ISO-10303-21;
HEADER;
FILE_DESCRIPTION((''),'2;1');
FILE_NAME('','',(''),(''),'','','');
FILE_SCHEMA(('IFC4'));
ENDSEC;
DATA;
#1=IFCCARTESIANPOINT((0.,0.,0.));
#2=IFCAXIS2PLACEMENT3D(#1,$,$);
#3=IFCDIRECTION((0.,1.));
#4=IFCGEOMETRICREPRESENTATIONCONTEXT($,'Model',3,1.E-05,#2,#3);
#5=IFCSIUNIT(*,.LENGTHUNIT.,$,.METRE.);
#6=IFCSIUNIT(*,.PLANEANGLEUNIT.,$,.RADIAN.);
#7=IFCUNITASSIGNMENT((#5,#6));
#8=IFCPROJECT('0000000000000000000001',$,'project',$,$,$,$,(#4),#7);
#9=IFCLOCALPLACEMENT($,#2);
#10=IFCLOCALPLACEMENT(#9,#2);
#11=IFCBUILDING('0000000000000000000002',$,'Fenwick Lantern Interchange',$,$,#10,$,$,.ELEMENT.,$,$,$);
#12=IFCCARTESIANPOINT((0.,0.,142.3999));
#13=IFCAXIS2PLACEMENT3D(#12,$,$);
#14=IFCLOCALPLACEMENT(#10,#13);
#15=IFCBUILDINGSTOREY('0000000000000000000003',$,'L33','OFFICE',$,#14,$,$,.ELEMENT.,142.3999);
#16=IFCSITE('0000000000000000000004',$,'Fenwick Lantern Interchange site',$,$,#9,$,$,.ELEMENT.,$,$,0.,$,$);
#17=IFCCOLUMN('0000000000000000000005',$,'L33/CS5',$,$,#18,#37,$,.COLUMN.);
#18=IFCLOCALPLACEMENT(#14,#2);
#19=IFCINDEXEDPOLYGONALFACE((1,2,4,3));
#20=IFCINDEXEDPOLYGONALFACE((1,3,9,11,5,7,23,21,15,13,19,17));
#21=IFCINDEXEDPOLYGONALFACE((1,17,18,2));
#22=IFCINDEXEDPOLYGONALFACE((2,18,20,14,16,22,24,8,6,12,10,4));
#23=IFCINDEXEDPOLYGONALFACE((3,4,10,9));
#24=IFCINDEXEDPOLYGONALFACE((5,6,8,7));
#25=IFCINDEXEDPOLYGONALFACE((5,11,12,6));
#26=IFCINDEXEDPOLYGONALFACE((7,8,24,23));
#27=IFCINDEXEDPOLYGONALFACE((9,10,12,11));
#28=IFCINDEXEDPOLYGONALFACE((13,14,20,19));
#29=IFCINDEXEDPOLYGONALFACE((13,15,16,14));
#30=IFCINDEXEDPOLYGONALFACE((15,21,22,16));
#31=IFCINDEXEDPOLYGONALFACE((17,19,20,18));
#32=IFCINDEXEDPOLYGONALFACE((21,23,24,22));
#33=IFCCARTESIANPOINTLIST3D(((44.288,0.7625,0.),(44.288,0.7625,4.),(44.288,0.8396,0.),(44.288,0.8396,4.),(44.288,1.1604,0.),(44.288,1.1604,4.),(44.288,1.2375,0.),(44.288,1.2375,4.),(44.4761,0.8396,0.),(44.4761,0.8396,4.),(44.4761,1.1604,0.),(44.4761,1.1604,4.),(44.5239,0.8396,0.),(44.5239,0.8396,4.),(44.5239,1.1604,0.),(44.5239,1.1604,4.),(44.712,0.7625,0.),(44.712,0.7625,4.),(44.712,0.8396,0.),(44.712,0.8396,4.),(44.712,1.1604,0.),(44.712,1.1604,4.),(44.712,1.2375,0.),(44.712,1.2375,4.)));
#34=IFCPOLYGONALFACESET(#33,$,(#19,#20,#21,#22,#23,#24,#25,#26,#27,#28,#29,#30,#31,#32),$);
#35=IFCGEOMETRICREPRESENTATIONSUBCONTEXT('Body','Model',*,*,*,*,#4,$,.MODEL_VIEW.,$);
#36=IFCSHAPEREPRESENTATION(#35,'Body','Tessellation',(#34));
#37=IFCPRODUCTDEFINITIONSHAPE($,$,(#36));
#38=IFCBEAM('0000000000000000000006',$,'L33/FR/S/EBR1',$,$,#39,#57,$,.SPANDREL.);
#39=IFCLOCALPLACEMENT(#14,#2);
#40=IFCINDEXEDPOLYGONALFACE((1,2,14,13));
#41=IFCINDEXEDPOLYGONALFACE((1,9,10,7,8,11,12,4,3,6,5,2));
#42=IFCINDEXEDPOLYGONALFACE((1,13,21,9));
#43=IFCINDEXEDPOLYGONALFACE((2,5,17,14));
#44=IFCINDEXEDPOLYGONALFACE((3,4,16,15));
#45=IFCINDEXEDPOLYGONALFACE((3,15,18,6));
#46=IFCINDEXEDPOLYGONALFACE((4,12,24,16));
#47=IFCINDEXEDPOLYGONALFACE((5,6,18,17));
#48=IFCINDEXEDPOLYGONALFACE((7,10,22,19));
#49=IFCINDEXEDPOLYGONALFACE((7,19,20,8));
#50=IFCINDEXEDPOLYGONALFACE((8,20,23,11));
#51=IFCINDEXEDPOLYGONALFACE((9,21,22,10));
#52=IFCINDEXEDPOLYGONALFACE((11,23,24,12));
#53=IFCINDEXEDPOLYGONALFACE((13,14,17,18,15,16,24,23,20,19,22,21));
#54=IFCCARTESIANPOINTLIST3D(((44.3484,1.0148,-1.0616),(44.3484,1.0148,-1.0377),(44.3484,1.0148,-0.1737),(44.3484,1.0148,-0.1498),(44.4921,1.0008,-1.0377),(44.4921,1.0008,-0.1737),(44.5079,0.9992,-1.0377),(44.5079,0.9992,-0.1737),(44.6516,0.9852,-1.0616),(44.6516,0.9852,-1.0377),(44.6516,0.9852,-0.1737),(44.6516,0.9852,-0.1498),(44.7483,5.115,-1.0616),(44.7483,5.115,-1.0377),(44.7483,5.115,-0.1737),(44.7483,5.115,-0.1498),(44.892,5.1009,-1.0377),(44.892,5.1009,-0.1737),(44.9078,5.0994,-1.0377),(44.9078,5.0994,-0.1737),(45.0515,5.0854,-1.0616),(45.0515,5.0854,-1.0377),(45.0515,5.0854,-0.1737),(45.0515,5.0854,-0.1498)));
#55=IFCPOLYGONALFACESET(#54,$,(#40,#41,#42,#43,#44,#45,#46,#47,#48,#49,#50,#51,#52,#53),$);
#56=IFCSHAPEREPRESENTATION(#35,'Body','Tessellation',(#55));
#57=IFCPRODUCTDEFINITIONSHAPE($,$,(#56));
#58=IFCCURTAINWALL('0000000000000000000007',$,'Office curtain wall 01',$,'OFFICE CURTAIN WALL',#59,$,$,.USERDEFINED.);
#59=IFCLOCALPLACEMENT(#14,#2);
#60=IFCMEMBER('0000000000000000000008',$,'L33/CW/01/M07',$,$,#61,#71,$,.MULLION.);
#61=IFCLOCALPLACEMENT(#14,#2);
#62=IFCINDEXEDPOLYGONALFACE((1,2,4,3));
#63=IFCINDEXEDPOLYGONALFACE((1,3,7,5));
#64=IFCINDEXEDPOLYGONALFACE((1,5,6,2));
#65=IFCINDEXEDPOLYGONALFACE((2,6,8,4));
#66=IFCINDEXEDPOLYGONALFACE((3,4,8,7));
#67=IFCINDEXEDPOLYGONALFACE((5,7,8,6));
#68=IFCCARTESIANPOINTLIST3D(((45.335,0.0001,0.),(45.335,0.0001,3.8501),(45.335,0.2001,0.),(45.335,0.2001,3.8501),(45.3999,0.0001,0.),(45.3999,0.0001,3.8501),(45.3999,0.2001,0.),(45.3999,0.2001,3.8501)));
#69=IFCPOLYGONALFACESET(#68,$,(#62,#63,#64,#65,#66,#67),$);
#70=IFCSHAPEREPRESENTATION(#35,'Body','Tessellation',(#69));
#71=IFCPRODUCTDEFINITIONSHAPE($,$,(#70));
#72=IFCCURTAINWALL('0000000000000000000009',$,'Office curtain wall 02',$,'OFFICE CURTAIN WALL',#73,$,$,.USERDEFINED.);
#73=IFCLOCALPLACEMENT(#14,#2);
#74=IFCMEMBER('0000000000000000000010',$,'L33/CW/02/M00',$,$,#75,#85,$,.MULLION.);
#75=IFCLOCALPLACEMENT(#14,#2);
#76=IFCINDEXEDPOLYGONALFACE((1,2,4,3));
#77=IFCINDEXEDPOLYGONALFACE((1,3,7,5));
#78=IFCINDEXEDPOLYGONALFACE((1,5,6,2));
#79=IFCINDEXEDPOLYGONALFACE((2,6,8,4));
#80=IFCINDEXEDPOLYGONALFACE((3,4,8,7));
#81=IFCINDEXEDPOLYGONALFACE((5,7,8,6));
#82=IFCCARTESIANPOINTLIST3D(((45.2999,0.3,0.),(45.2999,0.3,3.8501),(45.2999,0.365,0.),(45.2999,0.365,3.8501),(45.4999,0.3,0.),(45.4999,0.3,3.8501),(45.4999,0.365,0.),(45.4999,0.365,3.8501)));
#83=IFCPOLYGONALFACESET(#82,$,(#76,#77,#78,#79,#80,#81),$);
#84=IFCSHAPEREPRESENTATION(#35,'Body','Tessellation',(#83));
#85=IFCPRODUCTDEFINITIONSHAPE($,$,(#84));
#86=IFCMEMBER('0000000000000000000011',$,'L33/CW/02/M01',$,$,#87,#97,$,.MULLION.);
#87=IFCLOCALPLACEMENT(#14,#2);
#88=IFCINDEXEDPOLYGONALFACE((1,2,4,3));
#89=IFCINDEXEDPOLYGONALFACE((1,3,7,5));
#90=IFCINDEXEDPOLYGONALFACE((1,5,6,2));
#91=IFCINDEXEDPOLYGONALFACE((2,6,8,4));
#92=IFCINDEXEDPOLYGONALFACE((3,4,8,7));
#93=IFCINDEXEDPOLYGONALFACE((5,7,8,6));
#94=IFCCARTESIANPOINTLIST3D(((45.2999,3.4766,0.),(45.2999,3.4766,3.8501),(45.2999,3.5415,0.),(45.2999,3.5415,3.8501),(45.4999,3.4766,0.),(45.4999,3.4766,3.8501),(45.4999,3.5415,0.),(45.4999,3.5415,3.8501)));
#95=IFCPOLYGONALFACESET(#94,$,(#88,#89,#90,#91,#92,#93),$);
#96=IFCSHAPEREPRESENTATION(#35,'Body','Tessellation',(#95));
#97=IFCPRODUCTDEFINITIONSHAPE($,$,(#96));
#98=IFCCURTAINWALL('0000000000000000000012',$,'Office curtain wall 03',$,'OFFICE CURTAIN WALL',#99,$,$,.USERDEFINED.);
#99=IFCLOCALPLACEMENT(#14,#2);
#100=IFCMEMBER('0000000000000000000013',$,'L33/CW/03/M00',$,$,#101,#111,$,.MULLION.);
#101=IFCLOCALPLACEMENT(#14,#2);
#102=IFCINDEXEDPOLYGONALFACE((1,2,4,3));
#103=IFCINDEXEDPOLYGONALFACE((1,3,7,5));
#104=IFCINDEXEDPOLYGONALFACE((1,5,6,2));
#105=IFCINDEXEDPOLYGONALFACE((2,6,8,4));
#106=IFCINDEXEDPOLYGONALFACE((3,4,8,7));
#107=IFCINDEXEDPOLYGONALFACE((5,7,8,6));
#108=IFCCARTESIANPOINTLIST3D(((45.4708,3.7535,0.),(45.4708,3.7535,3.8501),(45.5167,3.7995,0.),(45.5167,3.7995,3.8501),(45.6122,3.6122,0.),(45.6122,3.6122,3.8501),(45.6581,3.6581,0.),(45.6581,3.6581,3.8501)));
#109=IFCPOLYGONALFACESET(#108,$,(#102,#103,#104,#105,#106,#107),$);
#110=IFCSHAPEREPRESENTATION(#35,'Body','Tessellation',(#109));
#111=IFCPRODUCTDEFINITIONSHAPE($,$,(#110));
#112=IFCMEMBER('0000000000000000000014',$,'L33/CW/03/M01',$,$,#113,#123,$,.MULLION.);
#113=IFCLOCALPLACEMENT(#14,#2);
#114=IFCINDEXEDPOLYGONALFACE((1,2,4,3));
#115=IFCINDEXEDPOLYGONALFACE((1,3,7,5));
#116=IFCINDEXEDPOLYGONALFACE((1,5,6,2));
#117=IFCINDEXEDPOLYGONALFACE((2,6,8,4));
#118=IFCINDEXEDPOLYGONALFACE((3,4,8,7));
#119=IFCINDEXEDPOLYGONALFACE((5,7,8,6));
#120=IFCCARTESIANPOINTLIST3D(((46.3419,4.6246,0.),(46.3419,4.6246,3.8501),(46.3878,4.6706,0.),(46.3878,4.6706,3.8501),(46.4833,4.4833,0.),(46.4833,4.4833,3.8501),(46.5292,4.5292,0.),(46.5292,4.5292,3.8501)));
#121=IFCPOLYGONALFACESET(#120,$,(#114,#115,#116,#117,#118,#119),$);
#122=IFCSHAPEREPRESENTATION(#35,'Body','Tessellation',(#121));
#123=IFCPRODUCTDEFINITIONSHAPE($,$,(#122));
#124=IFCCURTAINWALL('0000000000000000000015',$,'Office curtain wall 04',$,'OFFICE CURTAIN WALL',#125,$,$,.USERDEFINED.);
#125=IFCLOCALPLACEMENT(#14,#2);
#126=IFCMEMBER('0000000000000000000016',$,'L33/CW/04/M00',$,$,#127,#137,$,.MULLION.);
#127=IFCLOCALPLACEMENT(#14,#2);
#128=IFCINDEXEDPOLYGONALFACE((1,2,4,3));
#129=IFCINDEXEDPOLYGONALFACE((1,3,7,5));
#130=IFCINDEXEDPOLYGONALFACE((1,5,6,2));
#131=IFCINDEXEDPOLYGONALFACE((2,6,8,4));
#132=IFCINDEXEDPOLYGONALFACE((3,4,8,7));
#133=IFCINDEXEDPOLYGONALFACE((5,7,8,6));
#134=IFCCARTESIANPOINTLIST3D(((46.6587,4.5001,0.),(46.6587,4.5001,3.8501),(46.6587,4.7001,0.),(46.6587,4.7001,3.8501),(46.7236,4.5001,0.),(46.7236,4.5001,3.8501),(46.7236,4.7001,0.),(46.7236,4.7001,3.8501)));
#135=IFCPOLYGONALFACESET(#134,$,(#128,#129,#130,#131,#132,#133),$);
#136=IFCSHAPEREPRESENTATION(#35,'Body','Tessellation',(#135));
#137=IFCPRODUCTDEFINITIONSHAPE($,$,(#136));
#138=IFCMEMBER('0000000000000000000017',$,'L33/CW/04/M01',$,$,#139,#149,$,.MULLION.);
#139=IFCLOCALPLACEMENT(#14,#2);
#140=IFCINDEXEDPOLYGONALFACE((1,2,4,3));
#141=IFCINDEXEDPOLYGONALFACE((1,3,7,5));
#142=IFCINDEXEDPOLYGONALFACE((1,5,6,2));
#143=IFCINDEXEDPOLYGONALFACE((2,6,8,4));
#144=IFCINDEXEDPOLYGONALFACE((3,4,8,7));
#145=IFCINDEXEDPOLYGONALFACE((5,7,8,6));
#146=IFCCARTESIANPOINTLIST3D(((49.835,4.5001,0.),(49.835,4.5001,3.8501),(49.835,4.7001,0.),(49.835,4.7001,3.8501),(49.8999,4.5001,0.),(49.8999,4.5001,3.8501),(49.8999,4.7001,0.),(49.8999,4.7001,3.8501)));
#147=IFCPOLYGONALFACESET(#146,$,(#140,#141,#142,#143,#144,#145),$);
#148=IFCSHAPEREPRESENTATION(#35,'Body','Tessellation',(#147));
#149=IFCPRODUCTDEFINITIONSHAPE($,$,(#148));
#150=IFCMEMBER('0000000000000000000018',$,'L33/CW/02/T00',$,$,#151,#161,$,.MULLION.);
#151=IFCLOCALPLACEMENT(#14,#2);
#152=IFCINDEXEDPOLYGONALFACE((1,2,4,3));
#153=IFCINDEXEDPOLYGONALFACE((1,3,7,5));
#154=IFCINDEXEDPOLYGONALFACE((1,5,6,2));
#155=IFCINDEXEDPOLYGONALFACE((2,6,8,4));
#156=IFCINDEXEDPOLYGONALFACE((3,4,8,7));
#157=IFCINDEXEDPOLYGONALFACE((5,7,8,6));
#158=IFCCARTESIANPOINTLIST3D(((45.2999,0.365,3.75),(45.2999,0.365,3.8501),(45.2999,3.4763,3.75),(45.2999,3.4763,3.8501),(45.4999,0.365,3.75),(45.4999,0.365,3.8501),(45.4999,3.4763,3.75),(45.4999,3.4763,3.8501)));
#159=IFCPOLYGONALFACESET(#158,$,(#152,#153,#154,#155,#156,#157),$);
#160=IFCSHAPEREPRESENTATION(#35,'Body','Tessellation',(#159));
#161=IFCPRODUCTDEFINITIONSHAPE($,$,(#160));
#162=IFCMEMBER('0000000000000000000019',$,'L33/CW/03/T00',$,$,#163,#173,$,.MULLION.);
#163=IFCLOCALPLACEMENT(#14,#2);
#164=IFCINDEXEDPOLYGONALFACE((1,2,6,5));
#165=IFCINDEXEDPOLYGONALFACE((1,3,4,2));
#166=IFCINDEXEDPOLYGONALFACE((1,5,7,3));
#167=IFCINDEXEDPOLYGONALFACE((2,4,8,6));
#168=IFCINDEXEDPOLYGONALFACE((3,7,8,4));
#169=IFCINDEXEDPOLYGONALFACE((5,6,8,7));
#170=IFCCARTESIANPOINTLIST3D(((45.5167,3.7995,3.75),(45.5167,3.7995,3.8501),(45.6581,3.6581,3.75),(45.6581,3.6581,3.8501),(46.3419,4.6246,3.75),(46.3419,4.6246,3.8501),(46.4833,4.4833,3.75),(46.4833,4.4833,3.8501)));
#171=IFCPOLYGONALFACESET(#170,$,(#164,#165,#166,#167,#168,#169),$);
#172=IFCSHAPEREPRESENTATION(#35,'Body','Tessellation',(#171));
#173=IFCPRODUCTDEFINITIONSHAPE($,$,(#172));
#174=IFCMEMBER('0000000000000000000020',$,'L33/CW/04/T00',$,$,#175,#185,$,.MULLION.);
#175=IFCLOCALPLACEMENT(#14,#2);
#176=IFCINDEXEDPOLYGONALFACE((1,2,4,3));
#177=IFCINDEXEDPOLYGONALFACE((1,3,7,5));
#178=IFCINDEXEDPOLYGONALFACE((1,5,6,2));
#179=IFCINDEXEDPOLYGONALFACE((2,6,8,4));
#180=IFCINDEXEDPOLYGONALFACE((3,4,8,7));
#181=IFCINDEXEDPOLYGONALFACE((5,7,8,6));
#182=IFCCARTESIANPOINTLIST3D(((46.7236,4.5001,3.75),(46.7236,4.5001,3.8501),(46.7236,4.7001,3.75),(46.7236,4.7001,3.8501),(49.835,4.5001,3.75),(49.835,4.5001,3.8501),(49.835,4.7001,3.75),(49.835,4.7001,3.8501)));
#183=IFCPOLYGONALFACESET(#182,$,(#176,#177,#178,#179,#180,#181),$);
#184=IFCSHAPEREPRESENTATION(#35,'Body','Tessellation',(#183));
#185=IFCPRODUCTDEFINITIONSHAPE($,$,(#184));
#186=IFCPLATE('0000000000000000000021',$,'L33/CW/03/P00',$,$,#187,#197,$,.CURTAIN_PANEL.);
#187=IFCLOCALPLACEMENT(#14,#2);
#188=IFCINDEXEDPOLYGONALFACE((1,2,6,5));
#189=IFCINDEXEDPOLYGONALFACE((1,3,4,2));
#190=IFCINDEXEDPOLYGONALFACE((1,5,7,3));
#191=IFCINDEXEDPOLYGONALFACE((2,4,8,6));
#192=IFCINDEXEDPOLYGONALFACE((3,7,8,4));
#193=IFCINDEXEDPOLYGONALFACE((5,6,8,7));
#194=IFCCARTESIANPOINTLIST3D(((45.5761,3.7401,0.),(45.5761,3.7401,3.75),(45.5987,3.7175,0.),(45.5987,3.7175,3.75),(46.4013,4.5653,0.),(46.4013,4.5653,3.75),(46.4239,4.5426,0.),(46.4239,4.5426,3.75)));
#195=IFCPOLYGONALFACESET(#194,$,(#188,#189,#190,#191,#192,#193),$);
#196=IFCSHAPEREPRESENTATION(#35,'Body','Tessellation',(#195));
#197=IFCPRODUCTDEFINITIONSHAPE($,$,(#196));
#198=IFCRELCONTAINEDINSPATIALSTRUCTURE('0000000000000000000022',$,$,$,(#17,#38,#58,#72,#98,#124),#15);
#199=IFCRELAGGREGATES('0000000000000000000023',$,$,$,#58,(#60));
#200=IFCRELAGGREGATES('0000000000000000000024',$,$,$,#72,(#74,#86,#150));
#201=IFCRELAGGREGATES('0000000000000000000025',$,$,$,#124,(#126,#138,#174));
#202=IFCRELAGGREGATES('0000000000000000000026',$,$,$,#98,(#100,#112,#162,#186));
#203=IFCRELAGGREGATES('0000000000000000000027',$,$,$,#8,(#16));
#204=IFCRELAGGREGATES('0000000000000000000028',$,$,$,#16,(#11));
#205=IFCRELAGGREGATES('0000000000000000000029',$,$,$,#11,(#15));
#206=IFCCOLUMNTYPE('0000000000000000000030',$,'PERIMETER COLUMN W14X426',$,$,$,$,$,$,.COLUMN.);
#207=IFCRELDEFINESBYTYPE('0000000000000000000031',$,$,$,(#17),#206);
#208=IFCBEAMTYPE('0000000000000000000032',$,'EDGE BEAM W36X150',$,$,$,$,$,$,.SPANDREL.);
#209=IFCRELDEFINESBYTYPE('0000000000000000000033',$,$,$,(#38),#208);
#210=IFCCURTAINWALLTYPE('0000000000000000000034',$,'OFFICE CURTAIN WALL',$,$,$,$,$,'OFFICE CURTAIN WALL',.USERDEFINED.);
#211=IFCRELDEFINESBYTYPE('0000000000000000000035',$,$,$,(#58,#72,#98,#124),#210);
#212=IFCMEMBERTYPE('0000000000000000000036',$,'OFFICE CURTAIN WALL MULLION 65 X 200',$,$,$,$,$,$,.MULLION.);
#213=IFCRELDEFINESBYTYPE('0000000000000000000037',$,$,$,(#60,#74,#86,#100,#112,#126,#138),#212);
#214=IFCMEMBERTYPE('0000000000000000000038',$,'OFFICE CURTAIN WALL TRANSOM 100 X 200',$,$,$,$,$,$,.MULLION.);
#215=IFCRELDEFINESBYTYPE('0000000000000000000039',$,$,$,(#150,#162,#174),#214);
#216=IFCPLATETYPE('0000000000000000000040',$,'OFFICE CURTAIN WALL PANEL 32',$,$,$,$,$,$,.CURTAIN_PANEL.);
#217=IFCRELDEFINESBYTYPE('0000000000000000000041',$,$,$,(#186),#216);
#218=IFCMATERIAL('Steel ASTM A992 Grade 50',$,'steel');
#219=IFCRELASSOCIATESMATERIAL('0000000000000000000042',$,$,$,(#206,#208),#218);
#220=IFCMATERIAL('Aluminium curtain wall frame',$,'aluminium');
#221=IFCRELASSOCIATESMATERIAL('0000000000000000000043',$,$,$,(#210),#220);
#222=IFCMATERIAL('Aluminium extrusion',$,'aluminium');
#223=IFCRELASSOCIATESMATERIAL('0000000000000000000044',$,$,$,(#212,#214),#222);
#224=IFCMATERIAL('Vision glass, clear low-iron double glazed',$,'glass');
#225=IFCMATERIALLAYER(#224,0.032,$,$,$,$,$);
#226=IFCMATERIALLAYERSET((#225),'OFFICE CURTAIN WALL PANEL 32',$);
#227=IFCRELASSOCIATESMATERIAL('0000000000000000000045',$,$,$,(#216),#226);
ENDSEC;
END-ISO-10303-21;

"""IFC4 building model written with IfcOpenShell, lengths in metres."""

from ifc_helpers import new_model, si_unit, direction, frame, origin, origin_2d, place, context, subcontext, project, spatial, rectangle, i_section, extrude, material, layer, layer_set, material_profile, profile_set, type_object, element, aggregate, save


model = new_model("IFC4")

# Units and contexts
model_context = context("Model", 3, precision=1e-05, world=origin(), true_north=direction((0.0, 1.0)))
body_context = subcontext(model_context, "Body", "Model", "MODEL_VIEW")
ifc_project = project(units=[si_unit("LENGTHUNIT", "METRE"), si_unit("PLANEANGLEUNIT", "RADIAN")], contexts=[model_context])

# Site, building, storey
site_placement = place(None, origin())
site = spatial("IfcSite", under=ifc_project, at=site_placement, Name="Fenwick Lantern Interchange site", CompositionType="ELEMENT", RefElevation=0.0)
building_placement = place(site_placement, origin())
building = spatial("IfcBuilding", under=site, at=building_placement, Name="Fenwick Lantern Interchange", CompositionType="ELEMENT")
storey_placement = place(building_placement, frame((0.0, 0.0, 142.3999)))
storey = spatial("IfcBuildingStorey", under=building, at=storey_placement, Name="L33", Description="OFFICE", CompositionType="ELEMENT", Elevation=142.3999)

# Column
ifc_material_1 = material(Name="Steel ASTM A992 Grade 50", Category="steel")
ifc_material_profile_1 = material_profile(ifc_material_1, i_section(OverallWidth=0.4241, OverallDepth=0.4751, WebThickness=0.0479, FlangeThickness=0.0771, at=origin_2d()), Name="W14X426")
ifc_profile_set_1 = profile_set([ifc_material_profile_1], Name="Steel ASTM A992 Grade 50")
column_type = type_object("IfcColumnType", Name="PERIMETER COLUMN W14X426", PredefinedType="COLUMN", material=ifc_profile_set_1)
column_placement = place(storey_placement, frame((44.5, 1.0, 0.0), z_axis=(0.0, 0.0, 1.0), x_axis=(1.0, 0.0, 0.0)))
element("IfcColumn", 1, at=column_placement, inside=storey, type_object=column_type, Name="L33/CS5", PredefinedType="COLUMN", context=body_context, shape_type="SweptSolid", body=[
    extrude(i_section(OverallWidth=0.4241, OverallDepth=0.4751, WebThickness=0.0479, FlangeThickness=0.0771, at=origin_2d()), origin(), (0.0, 0.0, 1.0), 4.0),
])

# Beam
ifc_material_profile_2 = material_profile(ifc_material_1, i_section(OverallWidth=0.3047, OverallDepth=0.9119, WebThickness=0.0159, FlangeThickness=0.0239, at=origin_2d()), Name="W36X150")
ifc_profile_set_2 = profile_set([ifc_material_profile_2], Name="Steel ASTM A992 Grade 50")
beam_type = type_object("IfcBeamType", Name="EDGE BEAM W36X150", PredefinedType="SPANDREL", material=ifc_profile_set_2)
beam_placement = place(storey_placement, frame((44.5, 1.0, -0.6057), z_axis=(0.097074, 0.995277, 0.0), x_axis=(-0.995277, 0.097074, 0.0)))
element("IfcBeam", 2, at=beam_placement, inside=storey, type_object=beam_type, Name="L33/FR/S/EBR1", PredefinedType="SPANDREL", context=body_context, shape_type="SweptSolid", body=[
    extrude(i_section(OverallWidth=0.3047, OverallDepth=0.9119, WebThickness=0.0159, FlangeThickness=0.0239, at=origin_2d()), origin(), (0.0, 0.0, 1.0), 4.1196),
])

# Curtain wall, member
ifc_material_2 = material(Name="Aluminium curtain wall frame", Category="aluminium")
curtain_wall_type = type_object("IfcCurtainWallType", Name="OFFICE CURTAIN WALL", ElementType="OFFICE CURTAIN WALL", PredefinedType="USERDEFINED", material=ifc_material_2)
curtain_wall_1_placement = place(storey_placement, origin())
curtain_wall_1 = element("IfcCurtainWall", 3, at=curtain_wall_1_placement, inside=storey, type_object=curtain_wall_type, Name="Office curtain wall 01", ObjectType="OFFICE CURTAIN WALL", PredefinedType="USERDEFINED")
ifc_material_3 = material(Name="Aluminium extrusion", Category="aluminium")
ifc_material_profile_3 = material_profile(ifc_material_3, rectangle(XDim=0.2, YDim=0.0649, at=origin_2d()), Name="OFFICE CURTAIN WALL MULLION 65 X 200")
ifc_profile_set_3 = profile_set([ifc_material_profile_3], Name="Aluminium extrusion")
member_type_1 = type_object("IfcMemberType", Name="OFFICE CURTAIN WALL MULLION 65 X 200", PredefinedType="MULLION", material=ifc_profile_set_3)
member_1_placement = place(storey_placement, frame((45.3674, 0.1001, 0.0), z_axis=(0.0, 0.0, 1.0), x_axis=(0.0, 1.0, 0.0)))
member_1 = element("IfcMember", 4, at=member_1_placement, type_object=member_type_1, Name="L33/CW/01/M07", PredefinedType="MULLION", context=body_context, shape_type="SweptSolid", body=[
    extrude(rectangle(XDim=0.2, YDim=0.0649, at=origin_2d()), origin(), (0.0, 0.0, 1.0), 3.8501),
])
aggregate(curtain_wall_1, [member_1])

# Curtain walls, members
curtain_wall_2_placement = place(storey_placement, origin())
curtain_wall_2 = element("IfcCurtainWall", 5, at=curtain_wall_2_placement, inside=storey, type_object=curtain_wall_type, Name="Office curtain wall 02", ObjectType="OFFICE CURTAIN WALL", PredefinedType="USERDEFINED")
member_2_placement = place(storey_placement, frame((45.3999, 0.3325, 0.0), z_axis=(0.0, 0.0, 1.0), x_axis=(-1.0, 0.0, 0.0)))
member_2 = element("IfcMember", 6, at=member_2_placement, type_object=member_type_1, Name="L33/CW/02/M00", PredefinedType="MULLION", context=body_context, shape_type="SweptSolid", body=[
    extrude(rectangle(XDim=0.2, YDim=0.0649, at=origin_2d()), origin(), (0.0, 0.0, 1.0), 3.8501),
])
member_3_placement = place(storey_placement, frame((45.3999, 3.509, 0.0), z_axis=(0.0, 0.0, 1.0), x_axis=(-1.0, 0.0, 0.0)))
member_3 = element("IfcMember", 7, at=member_3_placement, type_object=member_type_1, Name="L33/CW/02/M01", PredefinedType="MULLION", context=body_context, shape_type="SweptSolid", body=[
    extrude(rectangle(XDim=0.2, YDim=0.0649, at=origin_2d()), origin(), (0.0, 0.0, 1.0), 3.8501),
])
curtain_wall_3_placement = place(storey_placement, origin())
curtain_wall_3 = element("IfcCurtainWall", 8, at=curtain_wall_3_placement, inside=storey, type_object=curtain_wall_type, Name="Office curtain wall 03", ObjectType="OFFICE CURTAIN WALL", PredefinedType="USERDEFINED")
member_4_placement = place(storey_placement, frame((45.5645, 3.7058, 0.0), z_axis=(0.0, 0.0, 1.0), x_axis=(-0.707107, 0.707107, 0.0)))
member_4 = element("IfcMember", 9, at=member_4_placement, type_object=member_type_1, Name="L33/CW/03/M00", PredefinedType="MULLION", context=body_context, shape_type="SweptSolid", body=[
    extrude(rectangle(XDim=0.2, YDim=0.0649, at=origin_2d()), origin(), (0.0, 0.0, 1.0), 3.8501),
])
member_5_placement = place(storey_placement, frame((46.4355, 4.5769, 0.0), z_axis=(0.0, 0.0, 1.0), x_axis=(-0.707107, 0.707107, 0.0)))
member_5 = element("IfcMember", 10, at=member_5_placement, type_object=member_type_1, Name="L33/CW/03/M01", PredefinedType="MULLION", context=body_context, shape_type="SweptSolid", body=[
    extrude(rectangle(XDim=0.2, YDim=0.0649, at=origin_2d()), origin(), (0.0, 0.0, 1.0), 3.8501),
])
curtain_wall_4_placement = place(storey_placement, origin())
curtain_wall_4 = element("IfcCurtainWall", 11, at=curtain_wall_4_placement, inside=storey, type_object=curtain_wall_type, Name="Office curtain wall 04", ObjectType="OFFICE CURTAIN WALL", PredefinedType="USERDEFINED")
member_6_placement = place(storey_placement, frame((46.6912, 4.6001, 0.0), z_axis=(0.0, 0.0, 1.0), x_axis=(0.0, 1.0, 0.0)))
member_6 = element("IfcMember", 12, at=member_6_placement, type_object=member_type_1, Name="L33/CW/04/M00", PredefinedType="MULLION", context=body_context, shape_type="SweptSolid", body=[
    extrude(rectangle(XDim=0.2, YDim=0.0649, at=origin_2d()), origin(), (0.0, 0.0, 1.0), 3.8501),
])
member_7_placement = place(storey_placement, frame((49.8674, 4.6001, 0.0), z_axis=(0.0, 0.0, 1.0), x_axis=(0.0, 1.0, 0.0)))
member_7 = element("IfcMember", 13, at=member_7_placement, type_object=member_type_1, Name="L33/CW/04/M01", PredefinedType="MULLION", context=body_context, shape_type="SweptSolid", body=[
    extrude(rectangle(XDim=0.2, YDim=0.0649, at=origin_2d()), origin(), (0.0, 0.0, 1.0), 3.8501),
])

# Members
ifc_material_profile_4 = material_profile(ifc_material_3, rectangle(XDim=0.2, YDim=0.1001, at=origin_2d()), Name="OFFICE CURTAIN WALL TRANSOM 100 X 200")
ifc_profile_set_4 = profile_set([ifc_material_profile_4], Name="Aluminium extrusion")
member_type_2 = type_object("IfcMemberType", Name="OFFICE CURTAIN WALL TRANSOM 100 X 200", PredefinedType="MULLION", material=ifc_profile_set_4)
member_8_placement = place(storey_placement, frame((45.3999, 0.365, 3.8), z_axis=(0.0, 1.0, 0.0), x_axis=(-1.0, 0.0, 0.0)))
member_8 = element("IfcMember", 14, at=member_8_placement, type_object=member_type_2, Name="L33/CW/02/T00", PredefinedType="MULLION", context=body_context, shape_type="SweptSolid", body=[
    extrude(rectangle(XDim=0.2, YDim=0.1001, at=origin_2d()), origin(), (0.0, 0.0, 1.0), 3.1113),
])
aggregate(curtain_wall_2, [member_2, member_3, member_8])
member_9_placement = place(storey_placement, frame((45.5874, 3.7288, 3.8), z_axis=(0.707107, 0.707107, 0.0), x_axis=(-0.707107, 0.707107, 0.0)))
member_9 = element("IfcMember", 15, at=member_9_placement, type_object=member_type_2, Name="L33/CW/03/T00", PredefinedType="MULLION", context=body_context, shape_type="SweptSolid", body=[
    extrude(rectangle(XDim=0.2, YDim=0.1001, at=origin_2d()), origin(), (0.0, 0.0, 1.0), 1.167),
])
member_10_placement = place(storey_placement, frame((46.7236, 4.6001, 3.8), z_axis=(1.0, 0.0, 0.0), x_axis=(0.0, 1.0, 0.0)))
member_10 = element("IfcMember", 16, at=member_10_placement, type_object=member_type_2, Name="L33/CW/04/T00", PredefinedType="MULLION", context=body_context, shape_type="SweptSolid", body=[
    extrude(rectangle(XDim=0.2, YDim=0.1001, at=origin_2d()), origin(), (0.0, 0.0, 1.0), 3.1113),
])
aggregate(curtain_wall_4, [member_6, member_7, member_10])

# Plate
ifc_material_4 = material(Name="Vision glass, clear low-iron double glazed", Category="glass")
ifc_layer_1 = layer(ifc_material_4, 0.032)
ifc_layer_set_1 = layer_set([ifc_layer_1], Name="OFFICE CURTAIN WALL PANEL 32")
plate_type = type_object("IfcPlateType", Name="OFFICE CURTAIN WALL PANEL 32", PredefinedType="CURTAIN_PANEL", material=ifc_layer_set_1)
plate_1_placement = place(storey_placement, frame((46.0, 4.1414, 0.0), z_axis=(0.0, 0.0, 1.0), x_axis=(0.707107, 0.707107, 0.0)))
plate_1 = element("IfcPlate", 17, at=plate_1_placement, type_object=plate_type, Name="L33/CW/03/P00", PredefinedType="CURTAIN_PANEL", context=body_context, shape_type="SweptSolid", body=[
    extrude(rectangle(XDim=1.167, YDim=0.032, at=origin_2d()), origin(), (0.0, 0.0, 1.0), 3.75),
])
aggregate(curtain_wall_3, [member_4, member_5, member_9, plate_1])

save(model, "model.ifc")
